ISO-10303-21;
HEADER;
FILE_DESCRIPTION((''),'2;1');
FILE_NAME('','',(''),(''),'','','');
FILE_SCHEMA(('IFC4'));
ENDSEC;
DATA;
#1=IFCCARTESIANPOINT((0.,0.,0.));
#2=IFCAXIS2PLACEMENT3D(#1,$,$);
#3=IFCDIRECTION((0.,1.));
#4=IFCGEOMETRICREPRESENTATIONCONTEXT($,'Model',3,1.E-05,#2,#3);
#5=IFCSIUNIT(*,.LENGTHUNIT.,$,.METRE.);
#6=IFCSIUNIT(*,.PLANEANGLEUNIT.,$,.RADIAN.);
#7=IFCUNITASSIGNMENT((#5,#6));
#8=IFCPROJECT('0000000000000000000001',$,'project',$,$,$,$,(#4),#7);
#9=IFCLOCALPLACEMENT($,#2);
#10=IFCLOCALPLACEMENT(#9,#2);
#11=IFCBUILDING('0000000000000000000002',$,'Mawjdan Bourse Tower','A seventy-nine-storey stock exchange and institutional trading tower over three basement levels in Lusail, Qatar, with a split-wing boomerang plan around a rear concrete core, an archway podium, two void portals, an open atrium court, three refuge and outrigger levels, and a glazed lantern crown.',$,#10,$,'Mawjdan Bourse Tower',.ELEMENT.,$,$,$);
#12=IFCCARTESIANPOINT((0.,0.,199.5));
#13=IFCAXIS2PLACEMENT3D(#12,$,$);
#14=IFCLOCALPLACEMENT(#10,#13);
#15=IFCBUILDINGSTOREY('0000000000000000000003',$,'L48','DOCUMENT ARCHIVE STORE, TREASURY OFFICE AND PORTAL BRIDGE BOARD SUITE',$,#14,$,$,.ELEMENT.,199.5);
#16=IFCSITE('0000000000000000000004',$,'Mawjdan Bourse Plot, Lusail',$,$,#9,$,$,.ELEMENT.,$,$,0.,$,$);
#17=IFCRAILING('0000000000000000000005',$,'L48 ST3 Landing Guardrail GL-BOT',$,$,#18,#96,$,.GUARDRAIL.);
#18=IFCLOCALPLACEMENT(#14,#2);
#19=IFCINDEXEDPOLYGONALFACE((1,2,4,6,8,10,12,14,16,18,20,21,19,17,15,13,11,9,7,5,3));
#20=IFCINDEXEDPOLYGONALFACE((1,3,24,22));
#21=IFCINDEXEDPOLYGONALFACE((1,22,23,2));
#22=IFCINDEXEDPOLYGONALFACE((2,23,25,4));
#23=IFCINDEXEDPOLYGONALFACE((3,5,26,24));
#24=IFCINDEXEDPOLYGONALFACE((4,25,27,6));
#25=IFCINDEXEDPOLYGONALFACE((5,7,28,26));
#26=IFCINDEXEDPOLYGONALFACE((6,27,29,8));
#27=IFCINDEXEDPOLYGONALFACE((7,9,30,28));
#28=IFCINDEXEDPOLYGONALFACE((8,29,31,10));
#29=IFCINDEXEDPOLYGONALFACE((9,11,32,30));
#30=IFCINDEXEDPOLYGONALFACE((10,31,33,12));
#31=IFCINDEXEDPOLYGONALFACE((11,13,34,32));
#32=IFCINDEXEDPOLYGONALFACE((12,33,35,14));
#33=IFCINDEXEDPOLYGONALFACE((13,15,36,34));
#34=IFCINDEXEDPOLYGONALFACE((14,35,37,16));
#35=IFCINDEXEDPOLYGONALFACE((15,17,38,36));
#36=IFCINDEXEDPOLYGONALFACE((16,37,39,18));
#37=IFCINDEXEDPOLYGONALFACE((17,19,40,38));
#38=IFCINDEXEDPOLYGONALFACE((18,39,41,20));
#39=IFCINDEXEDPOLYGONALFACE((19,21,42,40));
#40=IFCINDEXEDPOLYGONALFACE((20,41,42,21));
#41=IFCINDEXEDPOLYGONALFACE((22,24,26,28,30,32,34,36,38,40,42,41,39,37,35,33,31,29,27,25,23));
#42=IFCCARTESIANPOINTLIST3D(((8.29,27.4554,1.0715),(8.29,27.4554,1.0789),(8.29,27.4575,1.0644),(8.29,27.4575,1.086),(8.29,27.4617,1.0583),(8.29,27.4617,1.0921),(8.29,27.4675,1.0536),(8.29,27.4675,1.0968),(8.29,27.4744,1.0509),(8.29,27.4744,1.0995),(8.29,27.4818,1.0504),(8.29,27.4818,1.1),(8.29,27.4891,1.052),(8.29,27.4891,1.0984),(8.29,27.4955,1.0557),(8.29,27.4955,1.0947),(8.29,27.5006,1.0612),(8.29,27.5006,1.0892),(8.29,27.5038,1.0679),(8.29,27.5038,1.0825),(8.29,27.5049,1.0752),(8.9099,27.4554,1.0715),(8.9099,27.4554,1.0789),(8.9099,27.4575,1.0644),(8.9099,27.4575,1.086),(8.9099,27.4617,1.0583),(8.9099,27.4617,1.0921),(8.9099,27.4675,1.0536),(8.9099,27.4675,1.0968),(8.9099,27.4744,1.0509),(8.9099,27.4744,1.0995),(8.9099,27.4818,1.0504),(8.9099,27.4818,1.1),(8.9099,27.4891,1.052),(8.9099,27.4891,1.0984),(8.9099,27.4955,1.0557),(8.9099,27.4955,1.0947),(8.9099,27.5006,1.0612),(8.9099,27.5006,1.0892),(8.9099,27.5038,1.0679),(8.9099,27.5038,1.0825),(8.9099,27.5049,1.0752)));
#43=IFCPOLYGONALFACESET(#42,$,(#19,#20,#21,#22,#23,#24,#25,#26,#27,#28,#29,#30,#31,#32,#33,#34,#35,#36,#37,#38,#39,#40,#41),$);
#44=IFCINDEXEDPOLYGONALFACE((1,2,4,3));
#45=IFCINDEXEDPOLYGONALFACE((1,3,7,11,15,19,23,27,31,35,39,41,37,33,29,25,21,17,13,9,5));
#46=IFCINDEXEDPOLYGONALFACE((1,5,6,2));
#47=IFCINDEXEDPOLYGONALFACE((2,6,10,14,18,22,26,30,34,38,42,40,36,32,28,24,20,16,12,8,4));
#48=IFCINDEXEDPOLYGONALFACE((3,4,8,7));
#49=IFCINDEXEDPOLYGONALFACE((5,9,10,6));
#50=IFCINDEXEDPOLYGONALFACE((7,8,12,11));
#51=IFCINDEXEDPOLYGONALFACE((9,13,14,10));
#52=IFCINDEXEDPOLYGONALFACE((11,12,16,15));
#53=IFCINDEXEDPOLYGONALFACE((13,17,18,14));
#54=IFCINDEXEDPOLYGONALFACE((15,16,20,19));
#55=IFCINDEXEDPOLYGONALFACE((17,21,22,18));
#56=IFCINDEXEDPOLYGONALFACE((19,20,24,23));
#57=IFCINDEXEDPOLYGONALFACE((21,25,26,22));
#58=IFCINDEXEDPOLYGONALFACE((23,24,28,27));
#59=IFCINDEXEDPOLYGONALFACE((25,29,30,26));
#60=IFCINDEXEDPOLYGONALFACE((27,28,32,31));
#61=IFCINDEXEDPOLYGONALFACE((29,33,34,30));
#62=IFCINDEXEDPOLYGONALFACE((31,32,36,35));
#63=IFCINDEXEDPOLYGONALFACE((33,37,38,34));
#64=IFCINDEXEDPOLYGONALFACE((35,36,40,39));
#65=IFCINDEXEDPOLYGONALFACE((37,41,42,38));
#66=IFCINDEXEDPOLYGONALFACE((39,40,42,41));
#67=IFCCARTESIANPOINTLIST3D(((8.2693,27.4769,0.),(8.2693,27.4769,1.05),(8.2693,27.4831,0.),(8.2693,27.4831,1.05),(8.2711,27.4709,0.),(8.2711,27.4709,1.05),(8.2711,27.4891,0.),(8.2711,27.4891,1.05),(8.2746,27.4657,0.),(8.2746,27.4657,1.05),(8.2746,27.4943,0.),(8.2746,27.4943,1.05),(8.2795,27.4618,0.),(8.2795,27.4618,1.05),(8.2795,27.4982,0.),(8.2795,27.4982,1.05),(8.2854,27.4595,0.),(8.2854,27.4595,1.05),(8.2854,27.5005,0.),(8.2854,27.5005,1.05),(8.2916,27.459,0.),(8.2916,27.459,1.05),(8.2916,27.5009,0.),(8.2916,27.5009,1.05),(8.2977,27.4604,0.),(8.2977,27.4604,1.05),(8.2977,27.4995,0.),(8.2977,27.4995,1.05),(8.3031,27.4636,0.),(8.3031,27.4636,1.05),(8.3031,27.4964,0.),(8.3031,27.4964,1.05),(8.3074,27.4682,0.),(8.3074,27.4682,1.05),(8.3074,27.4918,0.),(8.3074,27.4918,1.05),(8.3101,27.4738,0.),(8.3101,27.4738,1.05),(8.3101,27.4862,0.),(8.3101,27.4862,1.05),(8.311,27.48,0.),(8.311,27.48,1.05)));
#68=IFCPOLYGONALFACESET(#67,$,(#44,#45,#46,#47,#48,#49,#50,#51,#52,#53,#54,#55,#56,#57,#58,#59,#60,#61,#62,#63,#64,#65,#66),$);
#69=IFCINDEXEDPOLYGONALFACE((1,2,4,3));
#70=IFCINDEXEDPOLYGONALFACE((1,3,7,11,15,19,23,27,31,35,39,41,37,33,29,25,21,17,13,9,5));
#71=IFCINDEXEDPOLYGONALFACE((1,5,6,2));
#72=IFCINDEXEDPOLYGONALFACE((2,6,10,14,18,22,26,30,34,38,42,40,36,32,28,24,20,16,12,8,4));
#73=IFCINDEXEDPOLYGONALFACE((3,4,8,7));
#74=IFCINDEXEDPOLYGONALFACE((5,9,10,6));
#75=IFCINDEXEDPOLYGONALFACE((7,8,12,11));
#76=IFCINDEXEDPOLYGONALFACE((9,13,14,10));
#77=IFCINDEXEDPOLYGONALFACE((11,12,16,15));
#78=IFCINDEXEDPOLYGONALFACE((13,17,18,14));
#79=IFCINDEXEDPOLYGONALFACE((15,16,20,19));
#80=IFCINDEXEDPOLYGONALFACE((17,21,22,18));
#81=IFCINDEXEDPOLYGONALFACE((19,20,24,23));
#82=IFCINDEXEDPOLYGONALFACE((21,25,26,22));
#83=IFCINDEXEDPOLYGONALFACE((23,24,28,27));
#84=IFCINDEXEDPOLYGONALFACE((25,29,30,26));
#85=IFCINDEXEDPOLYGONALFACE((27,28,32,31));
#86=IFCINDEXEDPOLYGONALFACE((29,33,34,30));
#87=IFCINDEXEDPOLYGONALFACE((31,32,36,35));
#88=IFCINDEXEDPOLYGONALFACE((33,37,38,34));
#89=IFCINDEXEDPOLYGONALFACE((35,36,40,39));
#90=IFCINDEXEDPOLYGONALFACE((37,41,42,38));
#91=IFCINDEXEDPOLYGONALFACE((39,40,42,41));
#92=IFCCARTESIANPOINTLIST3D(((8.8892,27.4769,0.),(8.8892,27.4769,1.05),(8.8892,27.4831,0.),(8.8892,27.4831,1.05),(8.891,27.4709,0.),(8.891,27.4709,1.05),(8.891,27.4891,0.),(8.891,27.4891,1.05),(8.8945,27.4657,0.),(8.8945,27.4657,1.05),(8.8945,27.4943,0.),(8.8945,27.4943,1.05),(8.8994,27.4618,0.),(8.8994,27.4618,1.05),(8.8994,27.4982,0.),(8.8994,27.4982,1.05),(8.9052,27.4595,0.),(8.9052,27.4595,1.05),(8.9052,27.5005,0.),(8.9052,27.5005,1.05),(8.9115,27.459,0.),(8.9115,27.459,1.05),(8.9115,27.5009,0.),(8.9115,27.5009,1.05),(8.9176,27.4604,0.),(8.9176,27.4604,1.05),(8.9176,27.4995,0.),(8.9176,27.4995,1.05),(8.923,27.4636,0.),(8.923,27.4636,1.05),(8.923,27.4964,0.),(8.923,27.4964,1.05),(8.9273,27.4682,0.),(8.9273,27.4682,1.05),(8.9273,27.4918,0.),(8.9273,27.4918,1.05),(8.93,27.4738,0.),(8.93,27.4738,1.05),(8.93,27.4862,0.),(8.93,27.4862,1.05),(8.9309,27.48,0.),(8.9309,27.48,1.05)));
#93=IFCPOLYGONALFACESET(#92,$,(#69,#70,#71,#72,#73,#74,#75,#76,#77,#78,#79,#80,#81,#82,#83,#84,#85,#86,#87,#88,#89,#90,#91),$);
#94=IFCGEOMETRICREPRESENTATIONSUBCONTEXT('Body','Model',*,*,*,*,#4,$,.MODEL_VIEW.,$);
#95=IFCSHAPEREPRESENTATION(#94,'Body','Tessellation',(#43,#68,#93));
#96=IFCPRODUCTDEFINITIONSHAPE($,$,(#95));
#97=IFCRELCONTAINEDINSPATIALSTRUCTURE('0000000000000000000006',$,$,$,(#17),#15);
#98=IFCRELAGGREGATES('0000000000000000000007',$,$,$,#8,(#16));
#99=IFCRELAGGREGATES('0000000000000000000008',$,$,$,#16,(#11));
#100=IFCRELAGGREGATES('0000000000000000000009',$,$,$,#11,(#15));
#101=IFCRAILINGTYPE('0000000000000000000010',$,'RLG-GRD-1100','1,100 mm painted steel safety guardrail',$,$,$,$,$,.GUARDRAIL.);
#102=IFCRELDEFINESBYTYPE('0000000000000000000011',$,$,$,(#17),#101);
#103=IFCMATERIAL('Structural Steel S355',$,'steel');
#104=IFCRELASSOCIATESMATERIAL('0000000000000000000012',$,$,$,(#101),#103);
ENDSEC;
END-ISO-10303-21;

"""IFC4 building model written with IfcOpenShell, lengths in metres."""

from ifc_helpers import new_model, si_unit, direction, frame, origin, origin_2d, place, context, subcontext, project, spatial, circle, extrude, material, type_object, element, save


model = new_model("IFC4")

# Units and contexts
model_context = context("Model", 3, precision=1e-05, world=origin(), true_north=direction((0.0, 1.0)))
body_context = subcontext(model_context, "Body", "Model", "MODEL_VIEW")
ifc_project = project(units=[si_unit("LENGTHUNIT", "METRE"), si_unit("PLANEANGLEUNIT", "RADIAN")], contexts=[model_context])

# Site, building, storey
site_placement = place(None, origin())
site = spatial("IfcSite", under=ifc_project, at=site_placement, Name="Mawjdan Bourse Plot, Lusail", CompositionType="ELEMENT", RefElevation=0.0)
building_placement = place(site_placement, origin())
building = spatial("IfcBuilding", under=site, at=building_placement, Name="Mawjdan Bourse Tower", Description="A seventy-nine-storey stock exchange and institutional trading tower over three basement levels in Lusail, Qatar, with a split-wing boomerang plan around a rear concrete core, an archway podium, two void portals, an open atrium court, three refuge and outrigger levels, and a glazed lantern crown.", LongName="Mawjdan Bourse Tower", CompositionType="ELEMENT")
storey_placement = place(building_placement, frame((0.0, 0.0, 199.5)))
storey = spatial("IfcBuildingStorey", under=building, at=storey_placement, Name="L48", Description="DOCUMENT ARCHIVE STORE, TREASURY OFFICE AND PORTAL BRIDGE BOARD SUITE", CompositionType="ELEMENT", Elevation=199.5)

# Shared definitions
ifc_material_1 = material(Name="Structural Steel S355", Category="steel")

# Railing
railing_type_1 = type_object("IfcRailingType", Name="RLG-GRD-1100", Description="1,100 mm painted steel safety guardrail", PredefinedType="GUARDRAIL", material=ifc_material_1)
for number, where, name in (
    (1, (8.29, 27.48, 0.0), "L48 ST3 Landing Guardrail GL-BOT"),
):
    element("IfcRailing", number, at=place(storey_placement, frame(where)), inside=storey, type_object=railing_type_1, Name=name, PredefinedType="GUARDRAIL", context=body_context, shape_type="SweptSolid", body=[
        extrude(circle(Radius=0.0249, at=origin_2d()), frame((0.0, 0.0, 1.0752), z_axis=(1.0, 0.0, 0.0), x_axis=(0.0, 1.0, 0.0)), (0.0, 0.0, 1.0), 0.6199),
        extrude(circle(Radius=0.021, at=origin_2d()), origin(), (0.0, 0.0, 1.0), 1.05),
        extrude(circle(Radius=0.021, at=origin_2d()), frame((0.6199, 0.0, 0.0)), (0.0, 0.0, 1.0), 1.05),
    ])

save(model, "model.ifc")
